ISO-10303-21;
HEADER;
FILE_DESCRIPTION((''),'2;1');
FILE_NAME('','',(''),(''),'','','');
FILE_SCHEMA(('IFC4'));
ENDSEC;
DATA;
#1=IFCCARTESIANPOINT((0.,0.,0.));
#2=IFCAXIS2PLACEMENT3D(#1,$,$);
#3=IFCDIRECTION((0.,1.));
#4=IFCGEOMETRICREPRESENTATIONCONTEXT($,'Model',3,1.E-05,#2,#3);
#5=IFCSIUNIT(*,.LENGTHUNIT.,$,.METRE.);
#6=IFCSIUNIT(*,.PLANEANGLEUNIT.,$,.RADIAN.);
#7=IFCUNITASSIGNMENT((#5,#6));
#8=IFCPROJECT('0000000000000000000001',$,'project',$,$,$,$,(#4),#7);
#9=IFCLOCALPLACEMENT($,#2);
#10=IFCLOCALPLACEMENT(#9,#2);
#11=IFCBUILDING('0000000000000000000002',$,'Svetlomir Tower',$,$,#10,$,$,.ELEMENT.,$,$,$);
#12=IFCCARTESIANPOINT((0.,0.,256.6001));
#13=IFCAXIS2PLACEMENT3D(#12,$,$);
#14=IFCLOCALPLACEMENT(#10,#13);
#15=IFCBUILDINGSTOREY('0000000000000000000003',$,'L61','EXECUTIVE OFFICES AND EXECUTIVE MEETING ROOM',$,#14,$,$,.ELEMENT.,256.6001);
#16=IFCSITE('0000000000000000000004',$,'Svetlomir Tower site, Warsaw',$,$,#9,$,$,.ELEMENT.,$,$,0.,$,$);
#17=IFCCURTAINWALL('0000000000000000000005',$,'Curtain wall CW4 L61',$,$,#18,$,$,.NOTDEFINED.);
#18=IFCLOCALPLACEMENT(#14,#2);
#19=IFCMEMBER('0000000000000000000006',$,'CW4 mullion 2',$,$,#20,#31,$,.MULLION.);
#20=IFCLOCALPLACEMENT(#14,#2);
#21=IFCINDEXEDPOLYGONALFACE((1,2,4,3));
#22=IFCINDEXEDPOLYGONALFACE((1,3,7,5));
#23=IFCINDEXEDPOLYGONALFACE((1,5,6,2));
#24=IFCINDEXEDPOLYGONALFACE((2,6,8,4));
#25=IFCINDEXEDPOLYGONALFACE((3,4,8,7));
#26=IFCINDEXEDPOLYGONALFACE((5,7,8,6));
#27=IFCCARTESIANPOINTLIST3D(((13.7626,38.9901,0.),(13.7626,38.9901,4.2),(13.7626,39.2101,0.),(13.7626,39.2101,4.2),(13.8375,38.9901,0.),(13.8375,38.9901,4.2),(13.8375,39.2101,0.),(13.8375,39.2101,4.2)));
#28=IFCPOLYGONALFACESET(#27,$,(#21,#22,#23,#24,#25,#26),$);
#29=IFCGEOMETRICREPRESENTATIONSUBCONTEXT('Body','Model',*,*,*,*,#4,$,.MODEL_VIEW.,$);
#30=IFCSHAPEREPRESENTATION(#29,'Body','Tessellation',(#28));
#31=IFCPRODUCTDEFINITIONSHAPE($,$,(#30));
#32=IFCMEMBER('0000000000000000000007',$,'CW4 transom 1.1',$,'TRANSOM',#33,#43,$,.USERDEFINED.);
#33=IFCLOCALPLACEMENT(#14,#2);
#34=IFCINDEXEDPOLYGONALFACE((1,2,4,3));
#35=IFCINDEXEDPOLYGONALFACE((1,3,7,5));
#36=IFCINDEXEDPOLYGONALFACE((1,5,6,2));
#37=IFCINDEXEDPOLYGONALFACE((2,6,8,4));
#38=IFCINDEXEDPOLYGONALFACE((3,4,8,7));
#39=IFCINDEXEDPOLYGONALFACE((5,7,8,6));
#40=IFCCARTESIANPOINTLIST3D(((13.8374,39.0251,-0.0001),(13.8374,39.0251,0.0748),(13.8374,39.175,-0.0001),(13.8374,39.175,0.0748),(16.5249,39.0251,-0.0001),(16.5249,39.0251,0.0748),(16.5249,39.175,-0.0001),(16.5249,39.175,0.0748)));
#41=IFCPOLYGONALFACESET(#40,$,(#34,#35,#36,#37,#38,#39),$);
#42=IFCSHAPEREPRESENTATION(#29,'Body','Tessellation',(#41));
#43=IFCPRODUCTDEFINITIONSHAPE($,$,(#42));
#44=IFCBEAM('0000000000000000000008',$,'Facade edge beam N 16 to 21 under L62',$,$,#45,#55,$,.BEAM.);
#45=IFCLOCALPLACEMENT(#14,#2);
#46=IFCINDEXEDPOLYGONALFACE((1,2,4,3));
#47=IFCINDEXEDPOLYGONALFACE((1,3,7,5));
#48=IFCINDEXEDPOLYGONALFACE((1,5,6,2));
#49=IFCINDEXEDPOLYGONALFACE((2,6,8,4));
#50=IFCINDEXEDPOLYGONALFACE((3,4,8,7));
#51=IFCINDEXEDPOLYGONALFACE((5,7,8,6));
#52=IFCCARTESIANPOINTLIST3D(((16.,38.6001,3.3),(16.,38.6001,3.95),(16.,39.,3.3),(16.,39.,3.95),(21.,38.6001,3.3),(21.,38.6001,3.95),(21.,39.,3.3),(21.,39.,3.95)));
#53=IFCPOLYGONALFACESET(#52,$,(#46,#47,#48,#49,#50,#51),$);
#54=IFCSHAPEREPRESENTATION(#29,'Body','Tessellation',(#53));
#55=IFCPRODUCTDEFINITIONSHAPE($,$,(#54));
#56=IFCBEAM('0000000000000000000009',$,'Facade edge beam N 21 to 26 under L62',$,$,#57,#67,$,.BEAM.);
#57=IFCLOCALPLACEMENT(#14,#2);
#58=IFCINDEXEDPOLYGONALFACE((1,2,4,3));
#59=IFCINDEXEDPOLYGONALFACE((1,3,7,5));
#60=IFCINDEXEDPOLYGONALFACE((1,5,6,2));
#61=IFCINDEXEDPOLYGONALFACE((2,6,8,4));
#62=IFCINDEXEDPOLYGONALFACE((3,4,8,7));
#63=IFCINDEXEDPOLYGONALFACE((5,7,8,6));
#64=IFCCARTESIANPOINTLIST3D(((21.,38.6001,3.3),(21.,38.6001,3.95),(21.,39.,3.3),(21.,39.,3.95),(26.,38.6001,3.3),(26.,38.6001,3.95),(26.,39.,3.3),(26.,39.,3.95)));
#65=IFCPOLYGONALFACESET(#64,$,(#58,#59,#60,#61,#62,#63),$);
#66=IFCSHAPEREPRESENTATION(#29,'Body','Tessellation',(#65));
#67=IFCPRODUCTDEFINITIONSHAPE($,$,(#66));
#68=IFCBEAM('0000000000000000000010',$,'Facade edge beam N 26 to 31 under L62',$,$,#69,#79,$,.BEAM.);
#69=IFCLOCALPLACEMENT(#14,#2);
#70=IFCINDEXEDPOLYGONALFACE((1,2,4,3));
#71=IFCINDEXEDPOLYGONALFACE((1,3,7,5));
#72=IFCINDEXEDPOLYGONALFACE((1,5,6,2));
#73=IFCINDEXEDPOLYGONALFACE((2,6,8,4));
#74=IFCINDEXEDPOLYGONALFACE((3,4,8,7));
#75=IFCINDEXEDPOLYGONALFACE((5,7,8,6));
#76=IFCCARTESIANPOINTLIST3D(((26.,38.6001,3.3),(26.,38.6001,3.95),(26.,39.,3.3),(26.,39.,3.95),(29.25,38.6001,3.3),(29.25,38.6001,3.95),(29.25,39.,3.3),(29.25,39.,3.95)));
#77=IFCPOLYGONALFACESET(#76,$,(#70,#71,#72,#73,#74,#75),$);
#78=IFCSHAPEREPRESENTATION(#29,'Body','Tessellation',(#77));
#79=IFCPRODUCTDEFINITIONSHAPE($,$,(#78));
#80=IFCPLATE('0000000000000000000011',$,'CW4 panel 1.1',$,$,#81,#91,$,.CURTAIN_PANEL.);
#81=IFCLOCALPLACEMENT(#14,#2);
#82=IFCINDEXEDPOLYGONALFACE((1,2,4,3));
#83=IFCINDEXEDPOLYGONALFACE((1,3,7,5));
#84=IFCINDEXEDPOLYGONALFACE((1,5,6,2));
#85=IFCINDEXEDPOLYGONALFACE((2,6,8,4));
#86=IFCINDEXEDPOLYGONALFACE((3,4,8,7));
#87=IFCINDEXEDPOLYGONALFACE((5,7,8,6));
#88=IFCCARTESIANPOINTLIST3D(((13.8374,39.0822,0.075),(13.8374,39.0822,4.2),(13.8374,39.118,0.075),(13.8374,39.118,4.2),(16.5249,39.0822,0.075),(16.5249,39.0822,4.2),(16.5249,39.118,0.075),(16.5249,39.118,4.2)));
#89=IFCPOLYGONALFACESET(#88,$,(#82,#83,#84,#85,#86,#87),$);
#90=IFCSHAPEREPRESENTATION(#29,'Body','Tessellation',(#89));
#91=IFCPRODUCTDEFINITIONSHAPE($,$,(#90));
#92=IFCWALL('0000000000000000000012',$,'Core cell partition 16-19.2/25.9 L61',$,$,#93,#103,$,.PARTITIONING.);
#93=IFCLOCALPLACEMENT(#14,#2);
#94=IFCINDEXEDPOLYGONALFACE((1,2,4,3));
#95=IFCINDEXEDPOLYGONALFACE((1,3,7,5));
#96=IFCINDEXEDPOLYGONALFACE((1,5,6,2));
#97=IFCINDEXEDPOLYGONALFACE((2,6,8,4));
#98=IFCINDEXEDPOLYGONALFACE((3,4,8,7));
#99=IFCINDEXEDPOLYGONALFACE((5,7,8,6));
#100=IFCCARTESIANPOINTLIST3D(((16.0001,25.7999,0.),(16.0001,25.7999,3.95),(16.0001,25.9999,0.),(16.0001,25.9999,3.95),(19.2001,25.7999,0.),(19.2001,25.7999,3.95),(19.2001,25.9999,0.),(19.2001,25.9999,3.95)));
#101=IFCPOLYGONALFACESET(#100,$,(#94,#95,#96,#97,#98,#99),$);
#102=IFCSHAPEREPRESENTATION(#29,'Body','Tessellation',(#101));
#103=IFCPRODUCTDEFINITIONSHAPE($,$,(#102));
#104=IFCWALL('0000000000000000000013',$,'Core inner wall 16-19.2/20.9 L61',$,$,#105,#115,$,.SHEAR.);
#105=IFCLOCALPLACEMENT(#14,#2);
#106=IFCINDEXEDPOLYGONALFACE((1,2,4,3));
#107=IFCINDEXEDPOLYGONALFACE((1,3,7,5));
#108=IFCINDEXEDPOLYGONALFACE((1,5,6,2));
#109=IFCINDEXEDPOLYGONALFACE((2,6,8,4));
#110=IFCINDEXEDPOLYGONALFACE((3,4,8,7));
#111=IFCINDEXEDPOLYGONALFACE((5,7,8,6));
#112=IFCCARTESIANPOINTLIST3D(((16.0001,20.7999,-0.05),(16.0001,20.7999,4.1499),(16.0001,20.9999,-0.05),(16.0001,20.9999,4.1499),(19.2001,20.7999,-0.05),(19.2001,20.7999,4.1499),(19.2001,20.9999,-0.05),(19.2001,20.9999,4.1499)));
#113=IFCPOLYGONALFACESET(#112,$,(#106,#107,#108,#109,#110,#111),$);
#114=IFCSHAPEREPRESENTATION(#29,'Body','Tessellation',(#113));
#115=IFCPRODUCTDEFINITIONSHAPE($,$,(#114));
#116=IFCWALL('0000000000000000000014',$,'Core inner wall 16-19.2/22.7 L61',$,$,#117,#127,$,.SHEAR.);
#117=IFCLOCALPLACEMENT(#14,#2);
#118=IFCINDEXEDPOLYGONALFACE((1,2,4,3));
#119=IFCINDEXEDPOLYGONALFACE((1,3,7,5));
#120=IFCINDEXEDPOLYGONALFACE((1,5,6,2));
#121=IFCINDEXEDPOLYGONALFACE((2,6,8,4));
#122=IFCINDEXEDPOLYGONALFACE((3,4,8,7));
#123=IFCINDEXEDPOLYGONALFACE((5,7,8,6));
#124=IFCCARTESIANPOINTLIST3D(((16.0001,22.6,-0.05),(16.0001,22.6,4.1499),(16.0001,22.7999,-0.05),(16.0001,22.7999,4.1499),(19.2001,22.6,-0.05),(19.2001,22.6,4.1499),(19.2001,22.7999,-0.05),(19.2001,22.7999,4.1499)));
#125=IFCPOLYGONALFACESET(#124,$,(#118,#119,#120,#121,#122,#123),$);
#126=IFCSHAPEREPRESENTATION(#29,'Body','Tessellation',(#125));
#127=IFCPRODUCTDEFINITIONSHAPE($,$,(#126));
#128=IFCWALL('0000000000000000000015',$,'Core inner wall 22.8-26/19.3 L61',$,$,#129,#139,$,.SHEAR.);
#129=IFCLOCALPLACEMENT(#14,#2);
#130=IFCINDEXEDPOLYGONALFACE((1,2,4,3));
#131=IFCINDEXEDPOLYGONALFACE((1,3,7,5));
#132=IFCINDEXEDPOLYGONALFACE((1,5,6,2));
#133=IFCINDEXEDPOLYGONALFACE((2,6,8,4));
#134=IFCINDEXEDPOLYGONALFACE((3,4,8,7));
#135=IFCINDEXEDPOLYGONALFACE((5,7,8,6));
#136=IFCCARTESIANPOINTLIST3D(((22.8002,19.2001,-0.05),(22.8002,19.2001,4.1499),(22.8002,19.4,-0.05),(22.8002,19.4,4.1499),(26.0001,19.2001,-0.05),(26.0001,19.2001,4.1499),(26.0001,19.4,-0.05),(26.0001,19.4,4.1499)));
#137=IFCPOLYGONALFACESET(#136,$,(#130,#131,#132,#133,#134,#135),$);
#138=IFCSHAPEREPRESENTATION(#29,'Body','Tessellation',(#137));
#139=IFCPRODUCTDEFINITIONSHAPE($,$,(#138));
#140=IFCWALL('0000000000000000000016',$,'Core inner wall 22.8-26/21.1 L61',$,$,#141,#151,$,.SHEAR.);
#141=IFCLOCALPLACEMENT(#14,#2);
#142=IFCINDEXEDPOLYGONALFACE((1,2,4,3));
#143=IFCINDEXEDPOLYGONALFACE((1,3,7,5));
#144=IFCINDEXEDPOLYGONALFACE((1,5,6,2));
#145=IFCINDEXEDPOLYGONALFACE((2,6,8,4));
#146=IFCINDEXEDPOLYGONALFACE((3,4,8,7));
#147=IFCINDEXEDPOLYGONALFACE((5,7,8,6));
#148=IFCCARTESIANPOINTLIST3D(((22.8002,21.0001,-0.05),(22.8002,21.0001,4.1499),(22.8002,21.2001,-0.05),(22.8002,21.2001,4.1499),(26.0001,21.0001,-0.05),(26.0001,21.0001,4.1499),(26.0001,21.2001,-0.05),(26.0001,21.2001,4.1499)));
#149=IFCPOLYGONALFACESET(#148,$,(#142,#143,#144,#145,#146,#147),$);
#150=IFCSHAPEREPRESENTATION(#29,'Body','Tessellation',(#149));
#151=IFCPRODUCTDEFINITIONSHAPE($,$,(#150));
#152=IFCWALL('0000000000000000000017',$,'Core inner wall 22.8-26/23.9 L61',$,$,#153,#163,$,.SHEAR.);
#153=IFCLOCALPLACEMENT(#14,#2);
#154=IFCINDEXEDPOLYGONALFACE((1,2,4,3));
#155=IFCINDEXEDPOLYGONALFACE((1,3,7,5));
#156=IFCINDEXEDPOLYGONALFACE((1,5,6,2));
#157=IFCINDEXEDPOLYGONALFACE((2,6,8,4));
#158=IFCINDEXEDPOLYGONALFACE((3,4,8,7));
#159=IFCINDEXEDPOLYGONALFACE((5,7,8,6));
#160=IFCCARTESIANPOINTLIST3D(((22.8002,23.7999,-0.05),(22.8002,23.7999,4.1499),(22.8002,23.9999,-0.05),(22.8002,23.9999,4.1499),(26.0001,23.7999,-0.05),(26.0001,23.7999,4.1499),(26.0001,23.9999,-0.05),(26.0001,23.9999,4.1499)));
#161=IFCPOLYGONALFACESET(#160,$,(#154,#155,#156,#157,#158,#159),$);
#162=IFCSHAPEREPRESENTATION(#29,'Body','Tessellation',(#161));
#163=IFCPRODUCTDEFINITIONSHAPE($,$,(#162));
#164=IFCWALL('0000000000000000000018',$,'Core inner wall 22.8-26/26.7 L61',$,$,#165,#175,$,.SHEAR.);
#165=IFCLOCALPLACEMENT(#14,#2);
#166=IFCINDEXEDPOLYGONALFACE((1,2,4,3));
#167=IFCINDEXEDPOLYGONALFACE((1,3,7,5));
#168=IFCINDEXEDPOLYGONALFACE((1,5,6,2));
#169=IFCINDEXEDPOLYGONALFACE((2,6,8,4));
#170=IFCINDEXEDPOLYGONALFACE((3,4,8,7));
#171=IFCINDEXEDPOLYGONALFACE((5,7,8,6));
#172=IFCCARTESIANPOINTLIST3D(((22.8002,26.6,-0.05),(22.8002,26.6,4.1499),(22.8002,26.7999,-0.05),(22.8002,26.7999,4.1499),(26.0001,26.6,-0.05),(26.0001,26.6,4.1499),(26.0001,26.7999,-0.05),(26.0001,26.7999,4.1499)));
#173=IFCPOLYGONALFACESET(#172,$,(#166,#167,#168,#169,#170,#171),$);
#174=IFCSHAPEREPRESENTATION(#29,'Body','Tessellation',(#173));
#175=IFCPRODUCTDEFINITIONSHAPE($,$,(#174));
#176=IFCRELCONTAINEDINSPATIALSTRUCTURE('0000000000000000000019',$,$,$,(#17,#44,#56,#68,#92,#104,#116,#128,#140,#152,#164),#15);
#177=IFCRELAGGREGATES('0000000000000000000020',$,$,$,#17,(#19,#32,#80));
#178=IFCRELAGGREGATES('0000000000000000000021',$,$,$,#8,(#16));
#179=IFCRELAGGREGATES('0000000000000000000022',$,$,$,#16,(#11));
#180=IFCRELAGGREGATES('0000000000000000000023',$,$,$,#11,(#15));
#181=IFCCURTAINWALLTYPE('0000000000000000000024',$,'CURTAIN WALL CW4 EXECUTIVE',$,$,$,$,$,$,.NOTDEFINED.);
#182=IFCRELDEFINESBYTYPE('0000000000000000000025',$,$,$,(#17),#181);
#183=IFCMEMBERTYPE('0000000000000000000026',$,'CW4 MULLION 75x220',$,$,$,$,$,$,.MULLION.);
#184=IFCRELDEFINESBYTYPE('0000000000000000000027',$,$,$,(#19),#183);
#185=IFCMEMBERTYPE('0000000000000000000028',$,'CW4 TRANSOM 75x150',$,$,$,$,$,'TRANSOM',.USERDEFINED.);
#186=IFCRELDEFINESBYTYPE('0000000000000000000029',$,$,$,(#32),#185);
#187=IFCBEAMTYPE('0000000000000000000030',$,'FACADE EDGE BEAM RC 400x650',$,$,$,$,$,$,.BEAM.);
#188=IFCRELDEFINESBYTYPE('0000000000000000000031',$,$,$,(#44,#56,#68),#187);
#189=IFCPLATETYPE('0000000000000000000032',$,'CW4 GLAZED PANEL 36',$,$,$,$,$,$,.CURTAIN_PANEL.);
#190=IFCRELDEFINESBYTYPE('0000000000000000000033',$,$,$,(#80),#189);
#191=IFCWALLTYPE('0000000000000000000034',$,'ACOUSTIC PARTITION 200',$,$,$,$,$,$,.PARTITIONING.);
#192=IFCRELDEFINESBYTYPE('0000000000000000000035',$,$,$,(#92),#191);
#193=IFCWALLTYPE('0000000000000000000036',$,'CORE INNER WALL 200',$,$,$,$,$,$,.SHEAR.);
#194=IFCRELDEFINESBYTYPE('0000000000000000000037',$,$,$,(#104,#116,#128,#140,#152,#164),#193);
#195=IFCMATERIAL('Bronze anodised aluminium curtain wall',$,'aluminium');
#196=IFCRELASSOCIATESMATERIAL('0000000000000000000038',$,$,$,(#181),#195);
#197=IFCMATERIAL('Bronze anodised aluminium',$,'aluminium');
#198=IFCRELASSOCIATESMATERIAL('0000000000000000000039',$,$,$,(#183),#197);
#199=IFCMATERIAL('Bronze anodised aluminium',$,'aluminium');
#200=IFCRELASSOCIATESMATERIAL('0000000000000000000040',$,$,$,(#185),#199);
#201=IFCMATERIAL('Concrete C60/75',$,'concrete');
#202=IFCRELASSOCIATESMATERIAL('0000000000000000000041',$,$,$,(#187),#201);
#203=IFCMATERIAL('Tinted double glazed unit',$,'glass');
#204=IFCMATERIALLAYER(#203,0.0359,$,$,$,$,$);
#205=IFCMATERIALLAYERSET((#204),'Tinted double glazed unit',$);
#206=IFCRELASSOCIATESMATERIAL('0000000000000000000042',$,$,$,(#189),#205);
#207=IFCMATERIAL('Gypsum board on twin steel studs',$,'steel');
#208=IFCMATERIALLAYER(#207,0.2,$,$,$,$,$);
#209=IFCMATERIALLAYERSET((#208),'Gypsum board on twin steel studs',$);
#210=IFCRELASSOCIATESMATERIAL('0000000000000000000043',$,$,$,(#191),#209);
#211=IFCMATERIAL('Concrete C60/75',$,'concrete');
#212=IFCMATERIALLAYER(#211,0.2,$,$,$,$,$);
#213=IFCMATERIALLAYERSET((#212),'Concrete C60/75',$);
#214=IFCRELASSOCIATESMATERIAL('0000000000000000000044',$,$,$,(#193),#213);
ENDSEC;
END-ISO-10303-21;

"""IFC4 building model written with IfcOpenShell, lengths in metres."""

from ifc_helpers import new_model, si_unit, direction, frame, frame_2d, origin, origin_2d, place, context, subcontext, project, spatial, rectangle, extrude, material, layer, layer_set, material_profile, profile_set, type_object, element, aggregate, save


model = new_model("IFC4")

# Units and contexts
model_context = context("Model", 3, precision=1e-05, world=origin(), true_north=direction((0.0, 1.0)))
body_context = subcontext(model_context, "Body", "Model", "MODEL_VIEW")
ifc_project = project(units=[si_unit("LENGTHUNIT", "METRE"), si_unit("PLANEANGLEUNIT", "RADIAN")], contexts=[model_context])

# Site, building, storey
site_placement = place(None, origin())
site = spatial("IfcSite", under=ifc_project, at=site_placement, Name="Svetlomir Tower site, Warsaw", CompositionType="ELEMENT", RefElevation=0.0)
building_placement = place(site_placement, origin())
building = spatial("IfcBuilding", under=site, at=building_placement, Name="Svetlomir Tower", CompositionType="ELEMENT")
storey_placement = place(building_placement, frame((0.0, 0.0, 256.6001)))
storey = spatial("IfcBuildingStorey", under=building, at=storey_placement, Name="L61", Description="EXECUTIVE OFFICES AND EXECUTIVE MEETING ROOM", CompositionType="ELEMENT", Elevation=256.6001)

# Curtain wall, members
ifc_material_1 = material(Name="Bronze anodised aluminium curtain wall", Category="aluminium")
curtain_wall_type = type_object("IfcCurtainWallType", Name="CURTAIN WALL CW4 EXECUTIVE", PredefinedType="NOTDEFINED", material=ifc_material_1)
curtain_wall_placement = place(storey_placement, origin())
curtain_wall = element("IfcCurtainWall", 1, at=curtain_wall_placement, inside=storey, type_object=curtain_wall_type, Name="Curtain wall CW4 L61", PredefinedType="NOTDEFINED")
ifc_material_2 = material(Name="Bronze anodised aluminium", Category="aluminium")
ifc_material_profile_1 = material_profile(ifc_material_2, rectangle(XDim=0.075, YDim=0.22, at=origin_2d()), Name="AL 75x220")
ifc_profile_set_1 = profile_set([ifc_material_profile_1], Name="Bronze anodised aluminium 6063-T6")
member_type_1 = type_object("IfcMemberType", Name="CW4 MULLION 75x220", PredefinedType="MULLION", material=ifc_profile_set_1)
member_1_placement = place(storey_placement, frame((13.8, 39.1001, 0.0), z_axis=(0.0, 0.0, 1.0), x_axis=(-1.0, 0.0, 0.0)))
member_1 = element("IfcMember", 2, at=member_1_placement, type_object=member_type_1, Name="CW4 mullion 2", PredefinedType="MULLION", context=body_context, shape_type="SweptSolid", body=[
    extrude(rectangle(XDim=0.075, YDim=0.22, at=origin_2d()), origin(), (0.0, 0.0, 1.0), 4.2),
])
ifc_material_3 = material(Name="Bronze anodised aluminium", Category="aluminium")
ifc_material_profile_2 = material_profile(ifc_material_3, rectangle(XDim=0.1499, YDim=0.075, at=origin_2d()), Name="AL 150x75")
ifc_profile_set_2 = profile_set([ifc_material_profile_2], Name="Bronze anodised aluminium 6063-T6")
member_type_2 = type_object("IfcMemberType", Name="CW4 TRANSOM 75x150", ElementType="TRANSOM", PredefinedType="USERDEFINED", material=ifc_profile_set_2)
member_2_placement = place(storey_placement, frame((16.5249, 39.1001, 0.0374), z_axis=(-1.0, 0.0, 0.0), x_axis=(0.0, -1.0, 0.0)))
member_2 = element("IfcMember", 3, at=member_2_placement, type_object=member_type_2, Name="CW4 transom 1.1", ObjectType="TRANSOM", PredefinedType="USERDEFINED", context=body_context, shape_type="SweptSolid", body=[
    extrude(rectangle(XDim=0.1499, YDim=0.075, at=origin_2d()), origin(), (0.0, 0.0, 1.0), 2.6875),
])

# Beams
ifc_material_4 = material(Name="Concrete C60/75", Category="concrete")
ifc_material_profile_3 = material_profile(ifc_material_4, rectangle(XDim=0.3999, YDim=0.6499, at=origin_2d()), Name="RC 400x650")
ifc_profile_set_3 = profile_set([ifc_material_profile_3], Name="Concrete C60/75")
beam_type = type_object("IfcBeamType", Name="FACADE EDGE BEAM RC 400x650", PredefinedType="BEAM", material=ifc_profile_set_3)
for number, where, z_axis, x_axis, name in (
    (4, (16.0, 38.8, 3.625), (1.0, 0.0, 0.0), (0.0, 1.0, 0.0), "Facade edge beam N 16 to 21 under L62"),
    (5, (21.0, 38.8, 3.625), (1.0, 0.0, 0.0), (0.0, 1.0, 0.0), "Facade edge beam N 21 to 26 under L62"),
):
    element("IfcBeam", number, at=place(storey_placement, frame(where, z_axis=z_axis, x_axis=x_axis)), inside=storey, type_object=beam_type, Name=name, PredefinedType="BEAM", context=body_context, shape_type="SweptSolid", body=[
        extrude(rectangle(XDim=0.3999, YDim=0.6499, at=origin_2d()), origin(), (0.0, 0.0, 1.0), 5.0),
    ])
beam_placement = place(storey_placement, frame((26.0, 38.8, 3.625), z_axis=(1.0, 0.0, 0.0), x_axis=(0.0, 1.0, 0.0)))
element("IfcBeam", 6, at=beam_placement, inside=storey, type_object=beam_type, Name="Facade edge beam N 26 to 31 under L62", PredefinedType="BEAM", context=body_context, shape_type="SweptSolid", body=[
    extrude(rectangle(XDim=0.3999, YDim=0.6499, at=origin_2d()), origin(), (0.0, 0.0, 1.0), 3.25),
])

# Plate
ifc_material_5 = material(Name="Tinted double glazed unit", Category="glass")
ifc_layer_1 = layer(ifc_material_5, 0.0359)
ifc_layer_set_1 = layer_set([ifc_layer_1], Name="Tinted double glazed unit")
plate_type = type_object("IfcPlateType", Name="CW4 GLAZED PANEL 36", PredefinedType="CURTAIN_PANEL", material=ifc_layer_set_1)
plate_placement = place(storey_placement, frame((15.1812, 39.1001, 0.075), z_axis=(0.0, 0.0, 1.0), x_axis=(-1.0, 0.0, 0.0)))
plate = element("IfcPlate", 7, at=plate_placement, type_object=plate_type, Name="CW4 panel 1.1", PredefinedType="CURTAIN_PANEL", context=body_context, shape_type="SweptSolid", body=[
    extrude(rectangle(XDim=2.6875, YDim=0.0359, at=origin_2d()), origin(), (0.0, 0.0, 1.0), 4.125),
])
aggregate(curtain_wall, [member_1, member_2, plate])

# Walls
ifc_material_6 = material(Name="Gypsum board on twin steel studs", Category="steel")
ifc_layer_2 = layer(ifc_material_6, 0.2)
ifc_layer_set_2 = layer_set([ifc_layer_2], Name="Gypsum board on twin steel studs")
wall_type_1 = type_object("IfcWallType", Name="ACOUSTIC PARTITION 200", PredefinedType="PARTITIONING", material=ifc_layer_set_2)
wall_1_placement = place(storey_placement, frame((16.0, 25.8999, 0.0), z_axis=(0.0, 0.0, 1.0), x_axis=(1.0, 0.0, 0.0)))
element("IfcWall", 8, at=wall_1_placement, inside=storey, type_object=wall_type_1, Name="Core cell partition 16-19.2/25.9 L61", PredefinedType="PARTITIONING", context=body_context, shape_type="SweptSolid", body=[
    extrude(rectangle(XDim=3.2, YDim=0.2, at=frame_2d((1.6001, 0.0))), origin(), (0.0, 0.0, 1.0), 3.95),
])
ifc_material_7 = material(Name="Concrete C60/75", Category="concrete")
ifc_layer_3 = layer(ifc_material_7, 0.2)
ifc_layer_set_3 = layer_set([ifc_layer_3], Name="Concrete C60/75")
wall_type_2 = type_object("IfcWallType", Name="CORE INNER WALL 200", PredefinedType="SHEAR", material=ifc_layer_set_3)
for number, where, z_axis, x_axis, name in (
    (9, (16.0, 20.8999, -0.05), (0.0, 0.0, 1.0), (1.0, 0.0, 0.0), "Core inner wall 16-19.2/20.9 L61"),
    (10, (16.0, 22.7, -0.05), (0.0, 0.0, 1.0), (1.0, 0.0, 0.0), "Core inner wall 16-19.2/22.7 L61"),
    (11, (22.8, 19.3, -0.05), (0.0, 0.0, 1.0), (1.0, 0.0, 0.0), "Core inner wall 22.8-26/19.3 L61"),
    (12, (22.8, 21.1001, -0.05), (0.0, 0.0, 1.0), (1.0, 0.0, 0.0), "Core inner wall 22.8-26/21.1 L61"),
    (13, (22.8, 23.8999, -0.05), (0.0, 0.0, 1.0), (1.0, 0.0, 0.0), "Core inner wall 22.8-26/23.9 L61"),
    (14, (22.8, 26.7, -0.05), (0.0, 0.0, 1.0), (1.0, 0.0, 0.0), "Core inner wall 22.8-26/26.7 L61"),
):
    element("IfcWall", number, at=place(storey_placement, frame(where, z_axis=z_axis, x_axis=x_axis)), inside=storey, type_object=wall_type_2, Name=name, PredefinedType="SHEAR", context=body_context, shape_type="SweptSolid", body=[
        extrude(rectangle(XDim=3.2, YDim=0.2, at=frame_2d((1.6001, 0.0))), origin(), (0.0, 0.0, 1.0), 4.2),
    ])

save(model, "model.ifc")
